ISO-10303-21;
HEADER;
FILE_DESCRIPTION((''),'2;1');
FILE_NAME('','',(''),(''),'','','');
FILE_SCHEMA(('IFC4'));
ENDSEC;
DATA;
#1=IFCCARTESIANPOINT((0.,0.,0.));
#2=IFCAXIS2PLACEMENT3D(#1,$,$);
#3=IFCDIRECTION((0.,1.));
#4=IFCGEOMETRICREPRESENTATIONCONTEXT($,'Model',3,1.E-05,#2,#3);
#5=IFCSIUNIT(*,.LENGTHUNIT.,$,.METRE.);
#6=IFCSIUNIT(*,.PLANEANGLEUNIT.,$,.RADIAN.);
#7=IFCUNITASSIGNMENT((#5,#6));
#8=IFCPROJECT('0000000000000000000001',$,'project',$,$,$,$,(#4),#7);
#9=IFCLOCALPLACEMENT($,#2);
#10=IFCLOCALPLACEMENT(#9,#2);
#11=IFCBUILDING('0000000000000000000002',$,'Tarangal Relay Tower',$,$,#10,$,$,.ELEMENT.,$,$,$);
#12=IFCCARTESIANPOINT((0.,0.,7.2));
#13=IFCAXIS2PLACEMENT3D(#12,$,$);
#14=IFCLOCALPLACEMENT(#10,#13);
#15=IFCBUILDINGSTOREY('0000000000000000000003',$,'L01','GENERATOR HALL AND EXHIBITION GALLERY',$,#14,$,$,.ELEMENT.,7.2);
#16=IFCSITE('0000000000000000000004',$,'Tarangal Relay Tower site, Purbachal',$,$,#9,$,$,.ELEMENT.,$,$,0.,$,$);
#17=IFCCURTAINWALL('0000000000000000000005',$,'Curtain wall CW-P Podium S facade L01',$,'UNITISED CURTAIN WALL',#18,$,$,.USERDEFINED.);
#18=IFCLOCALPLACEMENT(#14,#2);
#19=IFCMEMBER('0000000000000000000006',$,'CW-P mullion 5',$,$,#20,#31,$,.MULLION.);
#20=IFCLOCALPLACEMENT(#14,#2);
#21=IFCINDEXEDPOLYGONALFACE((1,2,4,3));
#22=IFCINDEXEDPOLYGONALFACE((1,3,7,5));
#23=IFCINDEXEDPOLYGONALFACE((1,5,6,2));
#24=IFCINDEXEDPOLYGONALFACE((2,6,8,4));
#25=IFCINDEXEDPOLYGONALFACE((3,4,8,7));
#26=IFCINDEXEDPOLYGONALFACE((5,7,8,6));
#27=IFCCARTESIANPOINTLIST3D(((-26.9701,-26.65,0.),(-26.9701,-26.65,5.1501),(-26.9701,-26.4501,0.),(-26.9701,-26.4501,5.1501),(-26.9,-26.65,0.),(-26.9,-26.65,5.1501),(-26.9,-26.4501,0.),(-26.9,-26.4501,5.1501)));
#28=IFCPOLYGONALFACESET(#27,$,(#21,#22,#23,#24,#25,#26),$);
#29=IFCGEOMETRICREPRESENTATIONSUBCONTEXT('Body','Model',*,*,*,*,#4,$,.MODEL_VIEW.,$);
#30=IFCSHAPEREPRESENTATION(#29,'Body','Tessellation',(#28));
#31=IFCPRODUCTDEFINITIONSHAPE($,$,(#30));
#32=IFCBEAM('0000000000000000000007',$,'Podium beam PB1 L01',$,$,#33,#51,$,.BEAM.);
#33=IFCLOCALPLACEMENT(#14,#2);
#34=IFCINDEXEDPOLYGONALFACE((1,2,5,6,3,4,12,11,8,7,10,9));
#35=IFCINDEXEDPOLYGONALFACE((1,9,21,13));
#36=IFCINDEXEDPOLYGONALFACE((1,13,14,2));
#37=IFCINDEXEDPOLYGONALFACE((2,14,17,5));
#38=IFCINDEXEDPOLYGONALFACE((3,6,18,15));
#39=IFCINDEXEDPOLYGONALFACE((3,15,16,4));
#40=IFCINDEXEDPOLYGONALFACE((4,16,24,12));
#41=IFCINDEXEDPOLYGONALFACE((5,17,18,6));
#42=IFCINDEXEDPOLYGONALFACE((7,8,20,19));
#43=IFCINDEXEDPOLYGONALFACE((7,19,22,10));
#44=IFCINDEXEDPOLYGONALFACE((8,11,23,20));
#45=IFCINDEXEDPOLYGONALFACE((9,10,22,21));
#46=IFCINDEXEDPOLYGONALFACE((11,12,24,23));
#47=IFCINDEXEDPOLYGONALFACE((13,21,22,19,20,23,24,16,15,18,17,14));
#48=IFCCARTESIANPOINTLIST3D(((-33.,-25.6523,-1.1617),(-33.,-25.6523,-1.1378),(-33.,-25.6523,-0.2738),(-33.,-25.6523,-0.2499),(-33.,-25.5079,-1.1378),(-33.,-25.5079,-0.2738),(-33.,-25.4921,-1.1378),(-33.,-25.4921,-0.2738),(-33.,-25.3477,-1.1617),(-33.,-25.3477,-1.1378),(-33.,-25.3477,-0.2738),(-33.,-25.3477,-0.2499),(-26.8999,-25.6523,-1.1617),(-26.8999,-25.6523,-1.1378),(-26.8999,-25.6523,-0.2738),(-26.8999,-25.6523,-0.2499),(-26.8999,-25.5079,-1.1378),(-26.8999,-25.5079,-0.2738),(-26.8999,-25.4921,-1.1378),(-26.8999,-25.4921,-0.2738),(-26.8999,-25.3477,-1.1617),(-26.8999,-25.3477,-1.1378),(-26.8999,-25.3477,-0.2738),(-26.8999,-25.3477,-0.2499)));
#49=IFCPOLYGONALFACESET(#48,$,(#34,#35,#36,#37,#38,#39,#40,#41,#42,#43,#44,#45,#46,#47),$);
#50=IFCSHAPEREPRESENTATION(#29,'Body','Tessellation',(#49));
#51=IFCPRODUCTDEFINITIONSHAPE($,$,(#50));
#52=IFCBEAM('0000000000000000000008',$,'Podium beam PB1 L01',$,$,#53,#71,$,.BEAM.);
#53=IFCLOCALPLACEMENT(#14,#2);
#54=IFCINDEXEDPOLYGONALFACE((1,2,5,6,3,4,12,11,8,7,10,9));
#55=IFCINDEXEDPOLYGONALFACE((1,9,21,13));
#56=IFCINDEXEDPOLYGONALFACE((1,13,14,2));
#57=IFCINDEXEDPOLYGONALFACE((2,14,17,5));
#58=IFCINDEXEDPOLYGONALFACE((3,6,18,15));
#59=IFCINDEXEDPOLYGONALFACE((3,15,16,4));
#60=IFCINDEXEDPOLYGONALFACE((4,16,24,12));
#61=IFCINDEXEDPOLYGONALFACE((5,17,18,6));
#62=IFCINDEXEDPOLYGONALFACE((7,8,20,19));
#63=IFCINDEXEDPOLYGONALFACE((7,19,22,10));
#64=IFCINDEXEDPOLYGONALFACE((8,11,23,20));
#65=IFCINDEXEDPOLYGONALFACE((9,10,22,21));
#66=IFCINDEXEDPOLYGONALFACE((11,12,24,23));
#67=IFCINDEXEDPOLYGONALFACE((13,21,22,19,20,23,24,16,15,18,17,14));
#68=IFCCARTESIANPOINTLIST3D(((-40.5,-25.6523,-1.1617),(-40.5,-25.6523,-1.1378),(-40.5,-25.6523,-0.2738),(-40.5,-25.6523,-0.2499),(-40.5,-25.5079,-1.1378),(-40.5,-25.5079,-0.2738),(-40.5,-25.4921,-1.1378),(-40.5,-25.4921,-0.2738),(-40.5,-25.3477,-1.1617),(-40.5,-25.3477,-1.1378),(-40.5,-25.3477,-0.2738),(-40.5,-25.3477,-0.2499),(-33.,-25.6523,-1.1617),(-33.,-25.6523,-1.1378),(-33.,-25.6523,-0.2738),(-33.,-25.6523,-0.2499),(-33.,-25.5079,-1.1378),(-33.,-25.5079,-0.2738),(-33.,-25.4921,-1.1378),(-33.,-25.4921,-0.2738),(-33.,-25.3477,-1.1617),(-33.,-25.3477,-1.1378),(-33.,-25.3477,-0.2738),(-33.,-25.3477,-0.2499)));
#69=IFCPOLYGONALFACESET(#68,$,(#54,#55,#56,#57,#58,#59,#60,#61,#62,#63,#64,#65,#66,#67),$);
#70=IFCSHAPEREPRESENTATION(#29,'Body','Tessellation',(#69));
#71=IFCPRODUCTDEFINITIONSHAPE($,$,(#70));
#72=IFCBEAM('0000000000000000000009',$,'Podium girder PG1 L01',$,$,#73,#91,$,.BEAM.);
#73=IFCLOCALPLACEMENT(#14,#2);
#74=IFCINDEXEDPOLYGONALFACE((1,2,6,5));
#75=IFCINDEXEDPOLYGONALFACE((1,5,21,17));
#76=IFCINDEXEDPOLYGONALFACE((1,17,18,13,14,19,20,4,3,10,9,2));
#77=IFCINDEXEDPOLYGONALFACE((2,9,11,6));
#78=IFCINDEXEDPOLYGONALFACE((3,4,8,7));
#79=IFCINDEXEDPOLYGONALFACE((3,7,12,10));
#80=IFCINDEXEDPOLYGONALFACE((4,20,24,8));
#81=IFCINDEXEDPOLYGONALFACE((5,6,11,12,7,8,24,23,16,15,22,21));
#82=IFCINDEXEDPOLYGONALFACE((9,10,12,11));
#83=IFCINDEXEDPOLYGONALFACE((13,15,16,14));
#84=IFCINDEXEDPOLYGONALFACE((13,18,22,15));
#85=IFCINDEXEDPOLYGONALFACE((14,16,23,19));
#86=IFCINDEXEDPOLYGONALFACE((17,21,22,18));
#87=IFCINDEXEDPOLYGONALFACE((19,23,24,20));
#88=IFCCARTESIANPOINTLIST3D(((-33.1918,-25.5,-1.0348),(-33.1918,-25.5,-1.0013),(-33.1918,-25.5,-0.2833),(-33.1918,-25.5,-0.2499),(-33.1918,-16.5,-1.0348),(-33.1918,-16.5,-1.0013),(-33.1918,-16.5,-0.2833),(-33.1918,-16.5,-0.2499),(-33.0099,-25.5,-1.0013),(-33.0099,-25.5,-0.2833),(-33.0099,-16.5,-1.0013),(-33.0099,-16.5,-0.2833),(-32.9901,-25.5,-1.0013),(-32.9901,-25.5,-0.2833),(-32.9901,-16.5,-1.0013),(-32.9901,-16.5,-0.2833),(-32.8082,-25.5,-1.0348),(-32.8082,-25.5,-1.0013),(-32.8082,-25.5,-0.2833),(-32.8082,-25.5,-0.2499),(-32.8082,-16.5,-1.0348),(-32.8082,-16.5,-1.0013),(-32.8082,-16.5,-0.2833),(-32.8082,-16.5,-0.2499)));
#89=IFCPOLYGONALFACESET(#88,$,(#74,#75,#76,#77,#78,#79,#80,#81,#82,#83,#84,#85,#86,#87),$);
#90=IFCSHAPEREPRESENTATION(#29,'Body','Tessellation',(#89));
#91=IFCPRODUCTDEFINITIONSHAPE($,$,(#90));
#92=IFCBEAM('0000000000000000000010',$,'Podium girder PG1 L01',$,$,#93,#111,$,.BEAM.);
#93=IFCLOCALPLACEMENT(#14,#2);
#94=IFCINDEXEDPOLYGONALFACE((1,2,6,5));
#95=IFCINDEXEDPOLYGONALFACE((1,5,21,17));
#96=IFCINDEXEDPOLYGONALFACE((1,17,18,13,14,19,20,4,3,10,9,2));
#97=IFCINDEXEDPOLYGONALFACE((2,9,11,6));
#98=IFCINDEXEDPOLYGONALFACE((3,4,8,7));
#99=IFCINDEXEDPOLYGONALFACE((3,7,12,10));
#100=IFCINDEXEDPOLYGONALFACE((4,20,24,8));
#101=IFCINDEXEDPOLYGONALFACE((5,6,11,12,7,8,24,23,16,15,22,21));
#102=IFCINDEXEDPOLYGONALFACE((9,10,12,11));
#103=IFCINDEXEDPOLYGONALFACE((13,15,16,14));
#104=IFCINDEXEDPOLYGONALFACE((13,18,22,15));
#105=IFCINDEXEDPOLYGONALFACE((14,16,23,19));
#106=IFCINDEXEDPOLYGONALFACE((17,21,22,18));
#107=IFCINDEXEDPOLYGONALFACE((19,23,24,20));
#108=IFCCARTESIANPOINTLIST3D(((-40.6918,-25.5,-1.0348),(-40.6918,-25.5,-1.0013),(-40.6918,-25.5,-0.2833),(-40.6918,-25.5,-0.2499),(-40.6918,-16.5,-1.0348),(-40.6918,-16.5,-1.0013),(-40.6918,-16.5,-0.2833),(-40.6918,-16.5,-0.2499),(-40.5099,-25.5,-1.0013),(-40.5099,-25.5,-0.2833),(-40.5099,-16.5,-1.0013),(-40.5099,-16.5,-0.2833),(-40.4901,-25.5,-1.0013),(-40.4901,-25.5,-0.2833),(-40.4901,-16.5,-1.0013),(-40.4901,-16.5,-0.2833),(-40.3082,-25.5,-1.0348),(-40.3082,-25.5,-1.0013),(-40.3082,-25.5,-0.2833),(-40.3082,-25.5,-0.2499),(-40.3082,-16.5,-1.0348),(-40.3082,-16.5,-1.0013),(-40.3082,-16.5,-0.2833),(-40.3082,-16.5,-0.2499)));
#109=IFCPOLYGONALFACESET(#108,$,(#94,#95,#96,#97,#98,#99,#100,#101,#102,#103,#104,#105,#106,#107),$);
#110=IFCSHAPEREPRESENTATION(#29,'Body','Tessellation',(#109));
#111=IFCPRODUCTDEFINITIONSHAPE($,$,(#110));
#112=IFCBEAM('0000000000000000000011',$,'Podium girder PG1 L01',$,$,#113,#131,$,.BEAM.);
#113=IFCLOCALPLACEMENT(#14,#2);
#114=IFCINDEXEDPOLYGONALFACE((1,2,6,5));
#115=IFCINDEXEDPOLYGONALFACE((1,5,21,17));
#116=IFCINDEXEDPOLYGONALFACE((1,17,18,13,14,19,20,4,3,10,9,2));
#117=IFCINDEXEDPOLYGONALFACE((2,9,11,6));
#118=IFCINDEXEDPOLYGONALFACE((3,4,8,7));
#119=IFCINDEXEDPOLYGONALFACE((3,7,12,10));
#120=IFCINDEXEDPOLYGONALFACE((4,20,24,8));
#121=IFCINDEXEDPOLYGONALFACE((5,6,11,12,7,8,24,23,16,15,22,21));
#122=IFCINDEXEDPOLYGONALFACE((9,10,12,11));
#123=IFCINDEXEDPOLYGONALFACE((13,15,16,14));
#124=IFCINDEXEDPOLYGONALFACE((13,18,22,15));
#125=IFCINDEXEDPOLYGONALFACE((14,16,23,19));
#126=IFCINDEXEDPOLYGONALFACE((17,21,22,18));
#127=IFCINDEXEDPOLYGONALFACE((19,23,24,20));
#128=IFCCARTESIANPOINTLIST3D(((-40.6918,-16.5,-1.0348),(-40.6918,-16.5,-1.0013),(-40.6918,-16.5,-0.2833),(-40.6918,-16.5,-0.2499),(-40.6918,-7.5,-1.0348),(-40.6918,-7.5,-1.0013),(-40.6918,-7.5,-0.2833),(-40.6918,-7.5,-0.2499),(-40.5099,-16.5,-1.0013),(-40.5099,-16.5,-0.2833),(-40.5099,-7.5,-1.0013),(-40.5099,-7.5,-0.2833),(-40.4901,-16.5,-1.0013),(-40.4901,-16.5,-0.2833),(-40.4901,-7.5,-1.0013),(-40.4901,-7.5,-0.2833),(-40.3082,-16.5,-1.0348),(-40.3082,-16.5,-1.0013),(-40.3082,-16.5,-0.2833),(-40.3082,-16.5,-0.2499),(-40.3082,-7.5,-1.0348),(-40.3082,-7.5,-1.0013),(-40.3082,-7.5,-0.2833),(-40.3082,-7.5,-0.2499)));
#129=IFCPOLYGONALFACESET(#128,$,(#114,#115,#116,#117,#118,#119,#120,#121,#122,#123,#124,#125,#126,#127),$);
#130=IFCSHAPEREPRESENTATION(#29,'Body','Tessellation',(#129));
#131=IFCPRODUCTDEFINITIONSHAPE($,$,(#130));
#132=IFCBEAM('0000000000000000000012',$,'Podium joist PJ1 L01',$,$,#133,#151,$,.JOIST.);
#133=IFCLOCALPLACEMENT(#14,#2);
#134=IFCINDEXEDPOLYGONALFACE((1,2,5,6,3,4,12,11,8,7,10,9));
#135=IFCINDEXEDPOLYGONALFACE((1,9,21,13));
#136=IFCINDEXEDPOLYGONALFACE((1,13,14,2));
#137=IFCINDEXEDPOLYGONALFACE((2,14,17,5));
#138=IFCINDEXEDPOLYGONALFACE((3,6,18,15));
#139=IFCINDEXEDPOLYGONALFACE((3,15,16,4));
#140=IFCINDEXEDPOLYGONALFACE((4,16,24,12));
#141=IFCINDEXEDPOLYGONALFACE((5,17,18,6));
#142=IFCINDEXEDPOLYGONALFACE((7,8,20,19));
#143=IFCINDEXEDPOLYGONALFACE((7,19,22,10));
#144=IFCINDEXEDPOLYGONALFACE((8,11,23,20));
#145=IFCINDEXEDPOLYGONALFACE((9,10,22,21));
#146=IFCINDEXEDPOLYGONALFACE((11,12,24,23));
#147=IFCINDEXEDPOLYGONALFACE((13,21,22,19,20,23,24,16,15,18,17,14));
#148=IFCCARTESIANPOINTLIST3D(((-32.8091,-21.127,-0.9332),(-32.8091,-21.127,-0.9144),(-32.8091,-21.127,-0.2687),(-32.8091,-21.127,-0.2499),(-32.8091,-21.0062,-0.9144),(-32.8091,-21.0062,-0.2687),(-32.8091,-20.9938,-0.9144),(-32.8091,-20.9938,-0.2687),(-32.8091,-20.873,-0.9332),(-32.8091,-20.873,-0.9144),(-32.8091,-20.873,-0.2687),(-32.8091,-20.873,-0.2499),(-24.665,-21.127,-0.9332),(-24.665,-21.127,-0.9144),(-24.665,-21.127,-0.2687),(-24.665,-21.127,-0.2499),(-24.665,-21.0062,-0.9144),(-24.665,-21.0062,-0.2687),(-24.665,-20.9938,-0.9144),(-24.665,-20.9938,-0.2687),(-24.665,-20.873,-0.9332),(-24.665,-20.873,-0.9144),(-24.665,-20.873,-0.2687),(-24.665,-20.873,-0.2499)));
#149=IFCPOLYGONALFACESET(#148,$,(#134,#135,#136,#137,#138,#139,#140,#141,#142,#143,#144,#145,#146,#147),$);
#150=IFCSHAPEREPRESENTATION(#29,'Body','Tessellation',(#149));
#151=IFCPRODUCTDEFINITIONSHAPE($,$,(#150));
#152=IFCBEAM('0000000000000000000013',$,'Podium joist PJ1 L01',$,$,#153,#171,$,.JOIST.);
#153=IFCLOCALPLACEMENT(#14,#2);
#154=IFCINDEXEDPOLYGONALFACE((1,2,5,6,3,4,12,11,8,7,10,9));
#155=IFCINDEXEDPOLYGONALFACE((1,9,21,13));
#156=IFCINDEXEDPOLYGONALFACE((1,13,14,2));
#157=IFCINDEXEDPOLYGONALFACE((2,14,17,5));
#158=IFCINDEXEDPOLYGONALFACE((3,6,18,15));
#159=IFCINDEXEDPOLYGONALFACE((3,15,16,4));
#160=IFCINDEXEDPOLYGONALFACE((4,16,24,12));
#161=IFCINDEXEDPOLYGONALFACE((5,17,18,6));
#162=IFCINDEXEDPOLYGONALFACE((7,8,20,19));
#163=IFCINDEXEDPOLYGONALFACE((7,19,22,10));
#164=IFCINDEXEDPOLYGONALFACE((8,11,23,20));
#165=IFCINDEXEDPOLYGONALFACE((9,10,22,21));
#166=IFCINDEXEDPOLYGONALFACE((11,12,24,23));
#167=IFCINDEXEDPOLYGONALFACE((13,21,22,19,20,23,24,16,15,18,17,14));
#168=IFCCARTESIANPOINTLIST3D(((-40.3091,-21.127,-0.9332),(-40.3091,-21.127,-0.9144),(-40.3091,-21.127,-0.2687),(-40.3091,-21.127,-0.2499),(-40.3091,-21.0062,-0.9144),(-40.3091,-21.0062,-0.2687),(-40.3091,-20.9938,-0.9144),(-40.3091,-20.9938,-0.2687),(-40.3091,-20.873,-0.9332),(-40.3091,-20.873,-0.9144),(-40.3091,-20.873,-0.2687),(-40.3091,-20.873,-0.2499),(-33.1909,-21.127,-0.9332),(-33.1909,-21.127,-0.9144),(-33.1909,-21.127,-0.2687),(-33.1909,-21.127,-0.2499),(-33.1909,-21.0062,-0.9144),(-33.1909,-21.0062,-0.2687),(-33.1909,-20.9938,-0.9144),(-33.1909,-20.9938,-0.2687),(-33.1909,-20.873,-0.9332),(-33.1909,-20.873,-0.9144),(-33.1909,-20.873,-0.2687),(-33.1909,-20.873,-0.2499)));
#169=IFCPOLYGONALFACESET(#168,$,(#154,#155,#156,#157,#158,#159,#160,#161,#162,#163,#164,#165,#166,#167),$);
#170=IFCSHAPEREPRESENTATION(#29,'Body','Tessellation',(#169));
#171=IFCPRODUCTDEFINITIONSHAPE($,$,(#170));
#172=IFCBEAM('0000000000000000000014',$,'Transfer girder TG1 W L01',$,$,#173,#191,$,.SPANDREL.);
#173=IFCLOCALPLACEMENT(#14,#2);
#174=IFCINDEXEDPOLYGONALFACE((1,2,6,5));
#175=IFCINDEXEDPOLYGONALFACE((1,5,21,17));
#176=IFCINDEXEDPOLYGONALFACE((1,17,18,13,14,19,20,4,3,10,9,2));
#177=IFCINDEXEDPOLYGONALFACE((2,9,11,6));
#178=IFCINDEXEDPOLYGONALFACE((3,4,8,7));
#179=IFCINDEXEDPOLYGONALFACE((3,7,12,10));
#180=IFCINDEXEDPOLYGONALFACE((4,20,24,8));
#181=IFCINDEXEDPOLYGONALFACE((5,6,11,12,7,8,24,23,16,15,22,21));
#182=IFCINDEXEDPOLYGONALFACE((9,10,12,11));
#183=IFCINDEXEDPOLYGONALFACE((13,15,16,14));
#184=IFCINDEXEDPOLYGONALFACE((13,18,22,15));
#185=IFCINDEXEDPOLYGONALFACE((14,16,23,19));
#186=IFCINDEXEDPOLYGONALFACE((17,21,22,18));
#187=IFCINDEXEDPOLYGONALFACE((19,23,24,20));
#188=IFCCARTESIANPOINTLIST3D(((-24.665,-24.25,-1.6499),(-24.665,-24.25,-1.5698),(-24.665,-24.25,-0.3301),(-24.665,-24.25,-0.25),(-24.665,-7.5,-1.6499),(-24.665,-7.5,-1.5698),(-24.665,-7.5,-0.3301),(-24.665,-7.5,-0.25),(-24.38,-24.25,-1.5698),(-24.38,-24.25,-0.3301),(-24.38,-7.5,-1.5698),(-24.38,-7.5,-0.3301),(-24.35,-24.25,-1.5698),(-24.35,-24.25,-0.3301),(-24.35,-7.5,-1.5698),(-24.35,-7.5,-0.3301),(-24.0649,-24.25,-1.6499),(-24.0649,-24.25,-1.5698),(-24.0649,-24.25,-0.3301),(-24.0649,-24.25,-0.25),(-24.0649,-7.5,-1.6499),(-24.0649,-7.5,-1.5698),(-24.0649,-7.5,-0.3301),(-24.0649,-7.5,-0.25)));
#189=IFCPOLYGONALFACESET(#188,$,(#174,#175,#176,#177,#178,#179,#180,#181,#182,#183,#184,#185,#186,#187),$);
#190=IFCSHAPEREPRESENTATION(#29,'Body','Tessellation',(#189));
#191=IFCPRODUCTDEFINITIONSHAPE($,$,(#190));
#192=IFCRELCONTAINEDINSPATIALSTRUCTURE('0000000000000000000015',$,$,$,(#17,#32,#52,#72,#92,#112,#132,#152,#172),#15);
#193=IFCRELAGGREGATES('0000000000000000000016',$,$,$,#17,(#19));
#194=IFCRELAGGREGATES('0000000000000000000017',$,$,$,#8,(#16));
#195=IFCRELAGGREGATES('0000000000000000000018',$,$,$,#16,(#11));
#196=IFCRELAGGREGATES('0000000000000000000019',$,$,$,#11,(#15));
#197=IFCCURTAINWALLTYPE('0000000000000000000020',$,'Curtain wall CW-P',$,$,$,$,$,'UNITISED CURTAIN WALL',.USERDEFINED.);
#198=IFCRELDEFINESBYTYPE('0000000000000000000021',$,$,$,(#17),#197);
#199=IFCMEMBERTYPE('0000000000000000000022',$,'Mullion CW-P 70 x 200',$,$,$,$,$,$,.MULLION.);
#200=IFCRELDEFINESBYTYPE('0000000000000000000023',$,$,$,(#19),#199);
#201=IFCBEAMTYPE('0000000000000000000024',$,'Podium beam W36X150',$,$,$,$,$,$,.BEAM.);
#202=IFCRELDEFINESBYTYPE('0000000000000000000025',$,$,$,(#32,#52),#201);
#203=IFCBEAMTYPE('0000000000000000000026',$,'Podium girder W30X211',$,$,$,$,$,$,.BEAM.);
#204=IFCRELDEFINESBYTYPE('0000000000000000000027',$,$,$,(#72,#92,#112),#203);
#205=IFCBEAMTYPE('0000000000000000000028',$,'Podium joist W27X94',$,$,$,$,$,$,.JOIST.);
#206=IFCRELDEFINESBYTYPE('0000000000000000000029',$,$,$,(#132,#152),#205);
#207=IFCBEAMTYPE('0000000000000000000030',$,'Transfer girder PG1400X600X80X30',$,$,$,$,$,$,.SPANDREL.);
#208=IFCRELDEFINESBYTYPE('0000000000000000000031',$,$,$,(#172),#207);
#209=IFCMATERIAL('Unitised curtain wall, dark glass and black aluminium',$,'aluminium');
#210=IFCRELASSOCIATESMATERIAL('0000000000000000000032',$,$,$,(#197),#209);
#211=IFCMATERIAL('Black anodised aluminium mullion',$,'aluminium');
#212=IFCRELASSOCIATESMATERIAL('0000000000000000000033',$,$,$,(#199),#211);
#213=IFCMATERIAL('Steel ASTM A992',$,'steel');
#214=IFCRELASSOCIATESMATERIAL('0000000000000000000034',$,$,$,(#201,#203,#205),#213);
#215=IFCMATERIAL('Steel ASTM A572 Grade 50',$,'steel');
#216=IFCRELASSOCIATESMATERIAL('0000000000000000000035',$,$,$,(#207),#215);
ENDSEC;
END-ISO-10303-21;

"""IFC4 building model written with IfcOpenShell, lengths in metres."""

from ifc_helpers import new_model, si_unit, direction, frame, origin, origin_2d, place, context, subcontext, project, spatial, rectangle, i_section, extrude, material, material_profile, profile_set, type_object, element, aggregate, save


model = new_model("IFC4")

# Units and contexts
model_context = context("Model", 3, precision=1e-05, world=origin(), true_north=direction((0.0, 1.0)))
body_context = subcontext(model_context, "Body", "Model", "MODEL_VIEW")
ifc_project = project(units=[si_unit("LENGTHUNIT", "METRE"), si_unit("PLANEANGLEUNIT", "RADIAN")], contexts=[model_context])

# Site, building, storey
site_placement = place(None, origin())
site = spatial("IfcSite", under=ifc_project, at=site_placement, Name="Tarangal Relay Tower site, Purbachal", CompositionType="ELEMENT", RefElevation=0.0)
building_placement = place(site_placement, origin())
building = spatial("IfcBuilding", under=site, at=building_placement, Name="Tarangal Relay Tower", CompositionType="ELEMENT")
storey_placement = place(building_placement, frame((0.0, 0.0, 7.2)))
storey = spatial("IfcBuildingStorey", under=building, at=storey_placement, Name="L01", Description="GENERATOR HALL AND EXHIBITION GALLERY", CompositionType="ELEMENT", Elevation=7.2)

# Shared definitions
ifc_material_1 = material(Name="Steel ASTM A992", Category="steel")

# Curtain wall, member
ifc_material_2 = material(Name="Unitised curtain wall, dark glass and black aluminium", Category="aluminium")
curtain_wall_type = type_object("IfcCurtainWallType", Name="Curtain wall CW-P", ElementType="UNITISED CURTAIN WALL", PredefinedType="USERDEFINED", material=ifc_material_2)
ifc_material_3 = material(Name="Black anodised aluminium mullion", Category="aluminium")
ifc_material_profile_1 = material_profile(ifc_material_3, rectangle(XDim=0.2, YDim=0.0701, at=origin_2d()), Name="CW-PM 70X200")
ifc_profile_set_1 = profile_set([ifc_material_profile_1], Name="Black anodised aluminium mullion")
member_type_1 = type_object("IfcMemberType", Name="Mullion CW-P 70 x 200", PredefinedType="MULLION", material=ifc_profile_set_1)
curtain_wall_1_placement = place(storey_placement, origin())
curtain_wall_1 = element("IfcCurtainWall", 1, at=curtain_wall_1_placement, inside=storey, type_object=curtain_wall_type, Name="Curtain wall CW-P Podium S facade L01", ObjectType="UNITISED CURTAIN WALL", PredefinedType="USERDEFINED")
member_1_placement = place(storey_placement, frame((-26.9351, -26.55, 0.0), z_axis=(0.0, 0.0, 1.0), x_axis=(0.0, 1.0, 0.0)))
member_1 = element("IfcMember", 2, at=member_1_placement, type_object=member_type_1, Name="CW-P mullion 5", PredefinedType="MULLION", context=body_context, shape_type="SweptSolid", body=[
    extrude(rectangle(XDim=0.2, YDim=0.0701, at=origin_2d()), origin(), (0.0, 0.0, 1.0), 5.1501),
])

# Beams
ifc_material_profile_2 = material_profile(ifc_material_1, i_section(OverallWidth=0.3047, OverallDepth=0.9119, WebThickness=0.0159, FlangeThickness=0.0239, at=origin_2d()), Name="W36X150")
ifc_profile_set_2 = profile_set([ifc_material_profile_2], Name="Steel ASTM A992")
beam_type_1 = type_object("IfcBeamType", Name="Podium beam W36X150", PredefinedType="BEAM", material=ifc_profile_set_2)
beam_1_placement = place(storey_placement, frame((-26.8999, -25.5, -0.7058), z_axis=(-1.0, 0.0, 0.0), x_axis=(0.0, -1.0, 0.0)))
element("IfcBeam", 3, at=beam_1_placement, inside=storey, type_object=beam_type_1, Name="Podium beam PB1 L01", PredefinedType="BEAM", context=body_context, shape_type="SweptSolid", body=[
    extrude(i_section(OverallWidth=0.3047, OverallDepth=0.9119, WebThickness=0.0159, FlangeThickness=0.0239, at=origin_2d()), origin(), (0.0, 0.0, 1.0), 6.1001),
])
beam_2_placement = place(storey_placement, frame((-33.0, -25.5, -0.7058), z_axis=(-1.0, 0.0, 0.0), x_axis=(0.0, -1.0, 0.0)))
element("IfcBeam", 4, at=beam_2_placement, inside=storey, type_object=beam_type_1, Name="Podium beam PB1 L01", PredefinedType="BEAM", context=body_context, shape_type="SweptSolid", body=[
    extrude(i_section(OverallWidth=0.3047, OverallDepth=0.9119, WebThickness=0.0159, FlangeThickness=0.0239, at=origin_2d()), origin(), (0.0, 0.0, 1.0), 7.5),
])
ifc_material_profile_3 = material_profile(ifc_material_1, i_section(OverallWidth=0.3835, OverallDepth=0.7849, WebThickness=0.0198, FlangeThickness=0.0334, at=origin_2d()), Name="W30X211")
ifc_profile_set_3 = profile_set([ifc_material_profile_3], Name="Steel ASTM A992")
beam_type_2 = type_object("IfcBeamType", Name="Podium girder W30X211", PredefinedType="BEAM", material=ifc_profile_set_3)
for number, where, z_axis, x_axis, name in (
    (5, (-33.0, -25.5, -0.6423), (0.0, 1.0, 0.0), (-1.0, 0.0, 0.0), "Podium girder PG1 L01"),
    (6, (-40.5, -25.5, -0.6423), (0.0, 1.0, 0.0), (-1.0, 0.0, 0.0), "Podium girder PG1 L01"),
    (7, (-40.5, -16.5, -0.6423), (0.0, 1.0, 0.0), (-1.0, 0.0, 0.0), "Podium girder PG1 L01"),
):
    element("IfcBeam", number, at=place(storey_placement, frame(where, z_axis=z_axis, x_axis=x_axis)), inside=storey, type_object=beam_type_2, Name=name, PredefinedType="BEAM", context=body_context, shape_type="SweptSolid", body=[
        extrude(i_section(OverallWidth=0.3835, OverallDepth=0.7849, WebThickness=0.0198, FlangeThickness=0.0334, at=origin_2d()), origin(), (0.0, 0.0, 1.0), 9.0),
    ])
ifc_material_profile_4 = material_profile(ifc_material_1, i_section(OverallWidth=0.2539, OverallDepth=0.6833, WebThickness=0.0125, FlangeThickness=0.0188, at=origin_2d()), Name="W27X94")
ifc_profile_set_4 = profile_set([ifc_material_profile_4], Name="Steel ASTM A992")
beam_type_3 = type_object("IfcBeamType", Name="Podium joist W27X94", PredefinedType="JOIST", material=ifc_profile_set_4)
beam_3_placement = place(storey_placement, frame((-24.665, -21.0, -0.5916), z_axis=(-1.0, 0.0, 0.0), x_axis=(0.0, -1.0, 0.0)))
element("IfcBeam", 8, at=beam_3_placement, inside=storey, type_object=beam_type_3, Name="Podium joist PJ1 L01", PredefinedType="JOIST", context=body_context, shape_type="SweptSolid", body=[
    extrude(i_section(OverallWidth=0.2539, OverallDepth=0.6833, WebThickness=0.0125, FlangeThickness=0.0188, at=origin_2d()), origin(), (0.0, 0.0, 1.0), 8.144),
])
beam_4_placement = place(storey_placement, frame((-33.1909, -21.0, -0.5916), z_axis=(-1.0, 0.0, 0.0), x_axis=(0.0, -1.0, 0.0)))
element("IfcBeam", 9, at=beam_4_placement, inside=storey, type_object=beam_type_3, Name="Podium joist PJ1 L01", PredefinedType="JOIST", context=body_context, shape_type="SweptSolid", body=[
    extrude(i_section(OverallWidth=0.2539, OverallDepth=0.6833, WebThickness=0.0125, FlangeThickness=0.0188, at=origin_2d()), origin(), (0.0, 0.0, 1.0), 7.1182),
])
ifc_material_4 = material(Name="Steel ASTM A572 Grade 50", Category="steel")
ifc_material_profile_5 = material_profile(ifc_material_4, i_section(OverallWidth=0.6001, OverallDepth=1.3999, WebThickness=0.03, FlangeThickness=0.0801, at=origin_2d()), Name="PG1400X600X80X30")
ifc_profile_set_5 = profile_set([ifc_material_profile_5], Name="Steel ASTM A572 Grade 50")
beam_type_4 = type_object("IfcBeamType", Name="Transfer girder PG1400X600X80X30", PredefinedType="SPANDREL", material=ifc_profile_set_5)
beam_5_placement = place(storey_placement, frame((-24.365, -24.25, -0.95), z_axis=(0.0, 1.0, 0.0), x_axis=(-1.0, 0.0, 0.0)))
element("IfcBeam", 10, at=beam_5_placement, inside=storey, type_object=beam_type_4, Name="Transfer girder TG1 W L01", PredefinedType="SPANDREL", context=body_context, shape_type="SweptSolid", body=[
    extrude(i_section(OverallWidth=0.6001, OverallDepth=1.3999, WebThickness=0.03, FlangeThickness=0.0801, at=origin_2d()), origin(), (0.0, 0.0, 1.0), 16.75),
])

aggregate(curtain_wall_1, [member_1])

save(model, "model.ifc")
